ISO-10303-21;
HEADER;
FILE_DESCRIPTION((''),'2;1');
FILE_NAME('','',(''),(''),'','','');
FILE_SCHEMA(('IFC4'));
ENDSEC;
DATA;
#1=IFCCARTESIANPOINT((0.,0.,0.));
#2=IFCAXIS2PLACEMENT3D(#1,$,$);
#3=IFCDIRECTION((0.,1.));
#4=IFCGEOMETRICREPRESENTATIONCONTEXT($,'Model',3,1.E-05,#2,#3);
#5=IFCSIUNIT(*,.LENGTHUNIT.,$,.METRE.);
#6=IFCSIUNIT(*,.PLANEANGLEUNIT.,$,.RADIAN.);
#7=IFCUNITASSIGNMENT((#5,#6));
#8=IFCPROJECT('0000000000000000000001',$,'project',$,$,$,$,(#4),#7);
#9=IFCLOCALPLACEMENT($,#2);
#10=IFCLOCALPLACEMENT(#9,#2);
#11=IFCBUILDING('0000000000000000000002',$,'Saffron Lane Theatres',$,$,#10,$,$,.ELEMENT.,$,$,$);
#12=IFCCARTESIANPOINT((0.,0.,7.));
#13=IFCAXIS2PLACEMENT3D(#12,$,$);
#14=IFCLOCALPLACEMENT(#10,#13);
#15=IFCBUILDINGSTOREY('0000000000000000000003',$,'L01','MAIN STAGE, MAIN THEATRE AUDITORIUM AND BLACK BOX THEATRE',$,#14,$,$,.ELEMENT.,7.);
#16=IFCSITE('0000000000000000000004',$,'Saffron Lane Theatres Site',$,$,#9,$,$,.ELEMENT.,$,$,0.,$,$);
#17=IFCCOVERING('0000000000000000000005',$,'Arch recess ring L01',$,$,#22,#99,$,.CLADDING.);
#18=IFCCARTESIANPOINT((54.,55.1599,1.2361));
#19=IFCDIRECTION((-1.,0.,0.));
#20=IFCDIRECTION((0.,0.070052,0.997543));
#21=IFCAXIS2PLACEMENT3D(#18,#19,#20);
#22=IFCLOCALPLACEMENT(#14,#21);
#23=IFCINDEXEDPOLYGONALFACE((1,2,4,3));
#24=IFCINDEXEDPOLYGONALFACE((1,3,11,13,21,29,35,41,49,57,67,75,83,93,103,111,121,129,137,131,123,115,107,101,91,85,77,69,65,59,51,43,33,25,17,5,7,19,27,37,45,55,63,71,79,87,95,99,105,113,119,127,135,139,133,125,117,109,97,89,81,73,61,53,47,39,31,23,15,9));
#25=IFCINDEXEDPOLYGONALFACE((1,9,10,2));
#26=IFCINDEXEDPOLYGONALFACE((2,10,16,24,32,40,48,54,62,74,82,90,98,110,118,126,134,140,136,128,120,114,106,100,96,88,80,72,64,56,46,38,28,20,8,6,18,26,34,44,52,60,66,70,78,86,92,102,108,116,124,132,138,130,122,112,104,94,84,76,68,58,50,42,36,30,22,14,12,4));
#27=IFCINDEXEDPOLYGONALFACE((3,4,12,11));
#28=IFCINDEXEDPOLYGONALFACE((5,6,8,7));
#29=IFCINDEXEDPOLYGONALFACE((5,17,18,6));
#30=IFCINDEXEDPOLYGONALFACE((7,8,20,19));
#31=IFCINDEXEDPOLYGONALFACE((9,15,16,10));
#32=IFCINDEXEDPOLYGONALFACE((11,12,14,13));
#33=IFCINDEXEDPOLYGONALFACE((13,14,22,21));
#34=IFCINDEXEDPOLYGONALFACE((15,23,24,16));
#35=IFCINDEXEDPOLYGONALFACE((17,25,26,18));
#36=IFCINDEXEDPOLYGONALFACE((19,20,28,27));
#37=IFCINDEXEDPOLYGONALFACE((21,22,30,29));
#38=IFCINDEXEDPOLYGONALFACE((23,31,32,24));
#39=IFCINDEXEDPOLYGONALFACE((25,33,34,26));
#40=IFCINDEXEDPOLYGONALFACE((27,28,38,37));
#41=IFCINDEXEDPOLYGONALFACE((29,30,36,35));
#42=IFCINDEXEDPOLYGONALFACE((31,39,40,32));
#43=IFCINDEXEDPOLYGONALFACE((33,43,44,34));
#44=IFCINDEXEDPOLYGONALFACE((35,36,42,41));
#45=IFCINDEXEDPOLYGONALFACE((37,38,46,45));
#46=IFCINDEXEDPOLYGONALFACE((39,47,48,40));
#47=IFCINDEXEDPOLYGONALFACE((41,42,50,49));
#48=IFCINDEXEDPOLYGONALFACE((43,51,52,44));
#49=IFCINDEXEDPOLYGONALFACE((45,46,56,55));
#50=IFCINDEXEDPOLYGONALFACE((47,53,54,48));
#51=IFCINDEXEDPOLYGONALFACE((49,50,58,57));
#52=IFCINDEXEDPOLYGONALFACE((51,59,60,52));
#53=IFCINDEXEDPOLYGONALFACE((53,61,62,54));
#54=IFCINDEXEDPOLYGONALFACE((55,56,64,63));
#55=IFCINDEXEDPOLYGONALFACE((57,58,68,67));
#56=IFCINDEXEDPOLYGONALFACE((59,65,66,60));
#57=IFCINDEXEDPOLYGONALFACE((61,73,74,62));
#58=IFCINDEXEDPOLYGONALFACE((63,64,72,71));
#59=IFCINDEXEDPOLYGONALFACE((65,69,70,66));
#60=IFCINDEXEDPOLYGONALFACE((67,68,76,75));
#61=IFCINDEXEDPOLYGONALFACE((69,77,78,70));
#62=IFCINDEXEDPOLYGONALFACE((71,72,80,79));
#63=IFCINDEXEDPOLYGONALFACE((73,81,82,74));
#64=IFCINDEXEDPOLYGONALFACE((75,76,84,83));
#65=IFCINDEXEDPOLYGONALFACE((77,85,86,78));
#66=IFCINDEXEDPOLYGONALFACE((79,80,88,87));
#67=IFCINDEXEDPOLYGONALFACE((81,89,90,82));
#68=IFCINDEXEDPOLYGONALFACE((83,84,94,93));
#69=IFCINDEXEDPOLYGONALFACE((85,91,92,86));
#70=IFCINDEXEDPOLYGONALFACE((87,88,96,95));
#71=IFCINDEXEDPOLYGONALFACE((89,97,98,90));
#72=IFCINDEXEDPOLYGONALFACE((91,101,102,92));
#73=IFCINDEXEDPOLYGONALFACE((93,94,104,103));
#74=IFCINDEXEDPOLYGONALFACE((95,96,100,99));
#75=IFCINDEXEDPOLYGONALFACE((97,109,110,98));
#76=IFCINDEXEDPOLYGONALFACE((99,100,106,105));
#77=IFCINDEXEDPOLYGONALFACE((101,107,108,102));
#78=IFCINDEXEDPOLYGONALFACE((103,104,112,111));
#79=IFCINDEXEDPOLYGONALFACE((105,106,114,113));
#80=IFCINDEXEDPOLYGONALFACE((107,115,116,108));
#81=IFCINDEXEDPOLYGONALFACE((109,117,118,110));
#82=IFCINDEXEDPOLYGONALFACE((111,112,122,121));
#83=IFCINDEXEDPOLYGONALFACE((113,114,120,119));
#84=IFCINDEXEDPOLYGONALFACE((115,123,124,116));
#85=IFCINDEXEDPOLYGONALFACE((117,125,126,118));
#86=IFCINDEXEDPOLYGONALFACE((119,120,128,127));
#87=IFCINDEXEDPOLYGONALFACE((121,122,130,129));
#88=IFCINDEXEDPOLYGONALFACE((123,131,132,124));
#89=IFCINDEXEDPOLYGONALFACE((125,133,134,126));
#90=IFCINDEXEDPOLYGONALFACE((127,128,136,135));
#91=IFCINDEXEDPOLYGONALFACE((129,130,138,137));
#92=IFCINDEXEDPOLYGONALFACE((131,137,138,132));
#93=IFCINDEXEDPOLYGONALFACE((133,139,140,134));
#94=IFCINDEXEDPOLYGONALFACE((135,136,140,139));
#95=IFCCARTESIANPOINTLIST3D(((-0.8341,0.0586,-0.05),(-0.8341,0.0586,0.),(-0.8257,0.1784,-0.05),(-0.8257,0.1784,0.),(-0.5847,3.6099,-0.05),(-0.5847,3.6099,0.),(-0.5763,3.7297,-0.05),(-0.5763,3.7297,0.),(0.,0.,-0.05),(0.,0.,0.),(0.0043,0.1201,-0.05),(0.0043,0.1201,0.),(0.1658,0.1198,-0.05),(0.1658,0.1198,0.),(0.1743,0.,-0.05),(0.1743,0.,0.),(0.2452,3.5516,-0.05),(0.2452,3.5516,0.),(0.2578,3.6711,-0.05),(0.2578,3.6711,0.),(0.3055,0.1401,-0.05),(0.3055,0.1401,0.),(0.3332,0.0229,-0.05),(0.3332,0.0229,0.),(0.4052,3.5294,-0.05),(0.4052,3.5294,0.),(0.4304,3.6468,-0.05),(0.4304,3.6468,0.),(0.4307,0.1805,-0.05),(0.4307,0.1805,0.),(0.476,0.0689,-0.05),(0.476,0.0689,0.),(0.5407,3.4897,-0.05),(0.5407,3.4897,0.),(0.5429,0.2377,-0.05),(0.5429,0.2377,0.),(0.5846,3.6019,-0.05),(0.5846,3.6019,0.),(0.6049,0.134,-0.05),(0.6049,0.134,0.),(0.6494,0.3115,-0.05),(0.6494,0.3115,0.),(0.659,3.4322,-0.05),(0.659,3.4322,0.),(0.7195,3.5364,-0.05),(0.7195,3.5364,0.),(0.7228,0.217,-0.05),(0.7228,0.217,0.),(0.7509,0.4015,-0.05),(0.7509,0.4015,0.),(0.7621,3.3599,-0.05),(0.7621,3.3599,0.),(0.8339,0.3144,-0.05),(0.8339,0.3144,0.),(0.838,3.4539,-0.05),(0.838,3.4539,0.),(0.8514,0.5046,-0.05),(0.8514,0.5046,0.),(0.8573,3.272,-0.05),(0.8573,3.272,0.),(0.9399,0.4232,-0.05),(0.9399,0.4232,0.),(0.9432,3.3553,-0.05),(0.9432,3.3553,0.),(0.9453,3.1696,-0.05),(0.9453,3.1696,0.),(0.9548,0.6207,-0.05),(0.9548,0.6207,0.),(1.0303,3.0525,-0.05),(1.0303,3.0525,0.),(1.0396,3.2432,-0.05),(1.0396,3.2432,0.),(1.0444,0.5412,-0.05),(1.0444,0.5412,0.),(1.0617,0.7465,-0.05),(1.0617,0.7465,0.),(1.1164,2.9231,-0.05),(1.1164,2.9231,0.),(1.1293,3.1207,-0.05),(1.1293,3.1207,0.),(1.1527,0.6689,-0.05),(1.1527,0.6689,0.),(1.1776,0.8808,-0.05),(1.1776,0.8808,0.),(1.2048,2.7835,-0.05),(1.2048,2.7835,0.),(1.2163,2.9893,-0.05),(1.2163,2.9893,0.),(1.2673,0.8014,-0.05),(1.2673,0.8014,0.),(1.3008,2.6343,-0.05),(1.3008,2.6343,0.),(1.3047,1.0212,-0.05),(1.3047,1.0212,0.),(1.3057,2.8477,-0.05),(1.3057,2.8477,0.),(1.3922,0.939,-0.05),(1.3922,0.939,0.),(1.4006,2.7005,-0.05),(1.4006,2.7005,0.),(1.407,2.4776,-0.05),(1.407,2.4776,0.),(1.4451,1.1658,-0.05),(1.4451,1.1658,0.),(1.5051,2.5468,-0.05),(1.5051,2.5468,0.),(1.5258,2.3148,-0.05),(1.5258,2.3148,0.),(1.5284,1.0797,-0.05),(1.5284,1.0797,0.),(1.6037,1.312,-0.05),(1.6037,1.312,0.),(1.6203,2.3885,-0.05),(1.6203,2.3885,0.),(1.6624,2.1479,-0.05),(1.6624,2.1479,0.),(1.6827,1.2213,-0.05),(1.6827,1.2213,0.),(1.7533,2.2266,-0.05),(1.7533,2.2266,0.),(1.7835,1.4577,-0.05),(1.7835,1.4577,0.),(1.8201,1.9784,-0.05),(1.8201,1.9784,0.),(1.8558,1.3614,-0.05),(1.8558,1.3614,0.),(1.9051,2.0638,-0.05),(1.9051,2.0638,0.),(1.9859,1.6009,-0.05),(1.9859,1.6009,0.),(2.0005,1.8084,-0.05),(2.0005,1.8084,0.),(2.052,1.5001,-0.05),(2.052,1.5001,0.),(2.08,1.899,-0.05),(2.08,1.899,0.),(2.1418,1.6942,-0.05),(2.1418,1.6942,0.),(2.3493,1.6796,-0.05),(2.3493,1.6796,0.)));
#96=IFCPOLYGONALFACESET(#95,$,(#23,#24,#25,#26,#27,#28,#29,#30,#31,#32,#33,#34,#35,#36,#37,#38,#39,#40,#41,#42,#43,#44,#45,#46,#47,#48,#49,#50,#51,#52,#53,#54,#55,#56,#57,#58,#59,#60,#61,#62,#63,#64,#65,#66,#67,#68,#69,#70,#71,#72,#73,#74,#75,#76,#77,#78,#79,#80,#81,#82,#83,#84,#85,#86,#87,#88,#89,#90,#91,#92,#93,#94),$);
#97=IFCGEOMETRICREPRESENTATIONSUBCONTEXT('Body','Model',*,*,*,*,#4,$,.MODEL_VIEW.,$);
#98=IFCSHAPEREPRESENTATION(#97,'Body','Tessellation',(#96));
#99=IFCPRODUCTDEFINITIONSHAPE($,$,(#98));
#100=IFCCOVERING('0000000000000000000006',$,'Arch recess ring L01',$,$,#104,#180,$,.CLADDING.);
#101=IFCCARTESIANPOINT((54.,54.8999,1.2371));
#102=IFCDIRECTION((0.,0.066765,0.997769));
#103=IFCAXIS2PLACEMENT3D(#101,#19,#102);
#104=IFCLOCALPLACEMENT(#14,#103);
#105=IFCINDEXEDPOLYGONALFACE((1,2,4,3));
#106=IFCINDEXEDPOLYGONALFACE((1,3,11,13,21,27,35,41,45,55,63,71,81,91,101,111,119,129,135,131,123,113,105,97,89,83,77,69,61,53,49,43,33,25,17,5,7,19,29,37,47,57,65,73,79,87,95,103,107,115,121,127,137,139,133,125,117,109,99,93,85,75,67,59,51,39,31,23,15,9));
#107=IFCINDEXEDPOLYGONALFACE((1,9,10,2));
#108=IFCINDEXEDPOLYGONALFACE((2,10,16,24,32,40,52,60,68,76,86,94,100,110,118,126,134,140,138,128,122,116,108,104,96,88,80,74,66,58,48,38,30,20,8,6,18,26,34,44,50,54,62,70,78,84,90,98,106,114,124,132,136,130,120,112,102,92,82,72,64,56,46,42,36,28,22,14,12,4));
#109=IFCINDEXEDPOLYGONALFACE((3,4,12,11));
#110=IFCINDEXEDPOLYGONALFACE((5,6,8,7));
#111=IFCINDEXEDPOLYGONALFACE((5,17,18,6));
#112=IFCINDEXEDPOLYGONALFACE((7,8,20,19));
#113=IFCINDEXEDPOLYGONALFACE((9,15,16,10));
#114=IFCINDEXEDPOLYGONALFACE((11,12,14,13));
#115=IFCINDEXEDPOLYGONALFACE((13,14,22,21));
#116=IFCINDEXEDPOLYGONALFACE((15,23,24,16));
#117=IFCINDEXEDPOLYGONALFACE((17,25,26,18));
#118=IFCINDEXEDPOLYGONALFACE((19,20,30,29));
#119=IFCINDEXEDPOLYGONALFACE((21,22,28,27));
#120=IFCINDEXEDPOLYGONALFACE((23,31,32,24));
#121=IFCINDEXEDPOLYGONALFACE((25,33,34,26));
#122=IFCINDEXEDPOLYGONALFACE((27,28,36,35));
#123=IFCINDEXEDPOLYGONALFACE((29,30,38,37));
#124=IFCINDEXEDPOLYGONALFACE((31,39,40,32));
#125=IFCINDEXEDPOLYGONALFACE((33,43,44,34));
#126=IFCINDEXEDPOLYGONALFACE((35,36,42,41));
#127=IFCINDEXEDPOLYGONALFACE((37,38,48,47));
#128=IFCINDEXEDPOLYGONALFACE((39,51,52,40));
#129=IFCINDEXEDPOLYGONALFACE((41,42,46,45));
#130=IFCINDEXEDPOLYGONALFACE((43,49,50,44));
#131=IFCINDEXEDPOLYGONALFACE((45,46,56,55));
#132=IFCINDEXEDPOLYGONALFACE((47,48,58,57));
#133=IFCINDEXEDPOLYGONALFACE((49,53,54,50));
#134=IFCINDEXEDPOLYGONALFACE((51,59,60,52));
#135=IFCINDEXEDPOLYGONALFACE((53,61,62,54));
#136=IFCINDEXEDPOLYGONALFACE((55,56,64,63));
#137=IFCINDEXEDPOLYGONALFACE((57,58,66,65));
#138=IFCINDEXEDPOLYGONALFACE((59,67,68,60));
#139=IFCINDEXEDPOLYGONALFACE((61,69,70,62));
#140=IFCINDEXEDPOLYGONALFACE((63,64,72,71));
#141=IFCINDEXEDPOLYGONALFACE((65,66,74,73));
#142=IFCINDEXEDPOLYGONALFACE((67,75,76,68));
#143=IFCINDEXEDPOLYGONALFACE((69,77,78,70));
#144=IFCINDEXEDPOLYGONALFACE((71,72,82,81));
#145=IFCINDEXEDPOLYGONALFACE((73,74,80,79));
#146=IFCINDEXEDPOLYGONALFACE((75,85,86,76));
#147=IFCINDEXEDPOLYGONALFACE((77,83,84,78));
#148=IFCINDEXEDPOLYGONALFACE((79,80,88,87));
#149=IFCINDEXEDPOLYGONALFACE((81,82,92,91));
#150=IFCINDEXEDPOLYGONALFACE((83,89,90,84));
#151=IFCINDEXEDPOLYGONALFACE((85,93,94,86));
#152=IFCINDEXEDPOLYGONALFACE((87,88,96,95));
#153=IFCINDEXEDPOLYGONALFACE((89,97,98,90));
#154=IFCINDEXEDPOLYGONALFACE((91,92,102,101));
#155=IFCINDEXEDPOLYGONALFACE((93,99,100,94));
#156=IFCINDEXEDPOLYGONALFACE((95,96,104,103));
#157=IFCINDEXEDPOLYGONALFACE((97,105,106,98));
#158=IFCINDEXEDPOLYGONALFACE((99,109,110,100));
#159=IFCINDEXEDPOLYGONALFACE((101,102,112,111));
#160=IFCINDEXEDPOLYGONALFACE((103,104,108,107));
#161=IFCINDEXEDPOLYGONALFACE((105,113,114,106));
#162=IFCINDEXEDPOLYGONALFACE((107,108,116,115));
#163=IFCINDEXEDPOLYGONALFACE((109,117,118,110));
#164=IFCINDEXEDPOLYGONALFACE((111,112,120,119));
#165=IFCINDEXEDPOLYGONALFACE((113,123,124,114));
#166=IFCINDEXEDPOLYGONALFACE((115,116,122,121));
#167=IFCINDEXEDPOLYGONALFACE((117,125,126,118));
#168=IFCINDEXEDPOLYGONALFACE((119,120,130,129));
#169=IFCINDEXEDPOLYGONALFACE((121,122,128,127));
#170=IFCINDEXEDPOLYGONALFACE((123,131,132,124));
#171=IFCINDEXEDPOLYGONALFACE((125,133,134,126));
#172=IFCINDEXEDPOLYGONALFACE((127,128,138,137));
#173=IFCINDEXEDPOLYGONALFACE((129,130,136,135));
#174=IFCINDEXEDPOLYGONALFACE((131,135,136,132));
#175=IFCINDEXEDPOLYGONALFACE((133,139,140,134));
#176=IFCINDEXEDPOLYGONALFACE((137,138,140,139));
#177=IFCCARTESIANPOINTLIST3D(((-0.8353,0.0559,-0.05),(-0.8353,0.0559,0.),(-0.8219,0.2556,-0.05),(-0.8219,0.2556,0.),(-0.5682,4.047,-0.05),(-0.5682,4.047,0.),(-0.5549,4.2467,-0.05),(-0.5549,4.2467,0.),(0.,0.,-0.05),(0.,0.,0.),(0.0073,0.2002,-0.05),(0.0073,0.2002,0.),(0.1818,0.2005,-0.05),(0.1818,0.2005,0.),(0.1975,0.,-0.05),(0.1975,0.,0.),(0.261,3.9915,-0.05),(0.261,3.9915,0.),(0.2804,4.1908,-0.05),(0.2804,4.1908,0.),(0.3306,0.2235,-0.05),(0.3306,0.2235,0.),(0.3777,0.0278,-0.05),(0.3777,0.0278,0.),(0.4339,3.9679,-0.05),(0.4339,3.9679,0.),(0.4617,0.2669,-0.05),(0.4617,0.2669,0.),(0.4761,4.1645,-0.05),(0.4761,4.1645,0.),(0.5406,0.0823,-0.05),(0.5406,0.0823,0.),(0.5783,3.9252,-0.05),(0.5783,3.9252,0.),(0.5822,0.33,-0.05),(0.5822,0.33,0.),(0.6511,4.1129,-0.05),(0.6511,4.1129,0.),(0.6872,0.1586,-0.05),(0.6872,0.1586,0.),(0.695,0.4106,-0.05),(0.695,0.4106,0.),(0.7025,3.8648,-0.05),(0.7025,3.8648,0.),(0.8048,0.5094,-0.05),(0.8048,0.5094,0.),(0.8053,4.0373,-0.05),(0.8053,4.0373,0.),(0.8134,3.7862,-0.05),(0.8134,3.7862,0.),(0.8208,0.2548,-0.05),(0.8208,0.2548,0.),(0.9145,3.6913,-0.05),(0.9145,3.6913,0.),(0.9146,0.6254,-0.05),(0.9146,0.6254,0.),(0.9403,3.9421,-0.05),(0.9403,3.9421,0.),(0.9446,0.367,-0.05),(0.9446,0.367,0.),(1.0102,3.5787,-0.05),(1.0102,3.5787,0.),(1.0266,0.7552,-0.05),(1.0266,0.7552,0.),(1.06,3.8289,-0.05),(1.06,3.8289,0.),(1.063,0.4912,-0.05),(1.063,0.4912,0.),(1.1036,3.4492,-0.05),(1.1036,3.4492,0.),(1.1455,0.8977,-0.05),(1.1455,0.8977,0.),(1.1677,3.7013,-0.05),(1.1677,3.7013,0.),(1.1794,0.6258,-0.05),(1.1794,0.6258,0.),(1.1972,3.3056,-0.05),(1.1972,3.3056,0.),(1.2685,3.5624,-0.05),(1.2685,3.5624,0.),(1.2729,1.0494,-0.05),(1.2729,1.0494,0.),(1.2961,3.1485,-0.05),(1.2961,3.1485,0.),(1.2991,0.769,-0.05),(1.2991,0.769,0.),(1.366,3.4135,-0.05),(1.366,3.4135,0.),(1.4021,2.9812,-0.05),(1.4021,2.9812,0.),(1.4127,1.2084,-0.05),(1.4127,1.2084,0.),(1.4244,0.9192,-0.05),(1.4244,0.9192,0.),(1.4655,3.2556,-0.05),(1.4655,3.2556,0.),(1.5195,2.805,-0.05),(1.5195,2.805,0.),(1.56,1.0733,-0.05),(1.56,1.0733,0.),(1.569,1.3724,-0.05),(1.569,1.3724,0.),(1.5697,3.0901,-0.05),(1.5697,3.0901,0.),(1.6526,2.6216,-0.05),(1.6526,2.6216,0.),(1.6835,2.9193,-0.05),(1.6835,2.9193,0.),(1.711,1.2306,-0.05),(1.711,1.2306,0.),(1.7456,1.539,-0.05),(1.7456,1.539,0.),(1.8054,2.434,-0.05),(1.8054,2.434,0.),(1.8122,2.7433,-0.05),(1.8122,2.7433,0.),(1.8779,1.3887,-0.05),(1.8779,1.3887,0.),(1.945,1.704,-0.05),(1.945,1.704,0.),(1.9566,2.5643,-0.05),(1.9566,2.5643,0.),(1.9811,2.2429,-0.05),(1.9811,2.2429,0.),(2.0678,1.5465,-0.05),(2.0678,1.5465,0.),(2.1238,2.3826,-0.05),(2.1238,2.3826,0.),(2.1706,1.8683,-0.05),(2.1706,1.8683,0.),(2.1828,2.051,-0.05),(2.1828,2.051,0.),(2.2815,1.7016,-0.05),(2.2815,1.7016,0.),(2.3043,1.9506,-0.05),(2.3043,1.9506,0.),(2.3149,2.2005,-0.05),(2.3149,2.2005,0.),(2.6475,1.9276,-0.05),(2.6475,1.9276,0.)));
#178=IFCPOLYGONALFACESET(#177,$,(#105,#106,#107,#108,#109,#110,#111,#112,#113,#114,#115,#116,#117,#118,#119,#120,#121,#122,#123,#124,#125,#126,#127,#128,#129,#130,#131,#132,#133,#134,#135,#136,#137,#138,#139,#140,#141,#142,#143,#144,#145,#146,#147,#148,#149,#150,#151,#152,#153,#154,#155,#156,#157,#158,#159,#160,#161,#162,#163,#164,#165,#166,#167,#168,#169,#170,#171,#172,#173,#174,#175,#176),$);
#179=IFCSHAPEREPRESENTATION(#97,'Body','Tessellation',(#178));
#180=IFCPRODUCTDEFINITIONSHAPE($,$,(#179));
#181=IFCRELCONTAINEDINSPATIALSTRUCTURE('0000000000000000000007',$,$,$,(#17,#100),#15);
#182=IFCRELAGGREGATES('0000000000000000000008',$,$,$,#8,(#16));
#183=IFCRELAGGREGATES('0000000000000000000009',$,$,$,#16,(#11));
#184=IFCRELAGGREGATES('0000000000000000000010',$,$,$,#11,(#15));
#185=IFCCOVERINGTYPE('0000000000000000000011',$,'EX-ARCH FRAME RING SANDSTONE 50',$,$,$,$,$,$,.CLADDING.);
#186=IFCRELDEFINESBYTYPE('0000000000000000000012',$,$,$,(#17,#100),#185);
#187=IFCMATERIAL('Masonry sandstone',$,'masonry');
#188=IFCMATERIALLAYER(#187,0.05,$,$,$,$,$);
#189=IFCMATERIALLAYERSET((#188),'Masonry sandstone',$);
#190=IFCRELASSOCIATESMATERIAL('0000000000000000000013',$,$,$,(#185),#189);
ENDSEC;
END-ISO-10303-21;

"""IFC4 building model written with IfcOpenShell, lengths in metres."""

from ifc_helpers import new_model, si_unit, direction, frame, origin, place, context, subcontext, project, spatial, polyline, outline, extrude, material, layer, layer_set, type_object, element, save


model = new_model("IFC4")

# Units and contexts
model_context = context("Model", 3, precision=1e-05, world=origin(), true_north=direction((0.0, 1.0)))
body_context = subcontext(model_context, "Body", "Model", "MODEL_VIEW")
ifc_project = project(units=[si_unit("LENGTHUNIT", "METRE"), si_unit("PLANEANGLEUNIT", "RADIAN")], contexts=[model_context])

# Site, building, storey
site_placement = place(None, origin())
site = spatial("IfcSite", under=ifc_project, at=site_placement, Name="Saffron Lane Theatres Site", CompositionType="ELEMENT", RefElevation=0.0)
building_placement = place(site_placement, origin())
building = spatial("IfcBuilding", under=site, at=building_placement, Name="Saffron Lane Theatres", CompositionType="ELEMENT")
storey_placement = place(building_placement, frame((0.0, 0.0, 7.0)))
storey = spatial("IfcBuildingStorey", under=building, at=storey_placement, Name="L01", Description="MAIN STAGE, MAIN THEATRE AUDITORIUM AND BLACK BOX THEATRE", CompositionType="ELEMENT", Elevation=7.0)

# Coverings
ifc_material_1 = material(Name="Masonry sandstone", Category="masonry")
ifc_layer_1 = layer(ifc_material_1, 0.05)
ifc_layer_set_1 = layer_set([ifc_layer_1], Name="Masonry sandstone")
covering_type = type_object("IfcCoveringType", Name="EX-ARCH FRAME RING SANDSTONE 50", PredefinedType="CLADDING", material=ifc_layer_set_1)
covering_1_placement = place(storey_placement, frame((54.0, 55.1599, 1.2361), z_axis=(-1.0, 0.0, 0.0), x_axis=(0.0, 0.070052, 0.997543)))
element("IfcCovering", 1, at=covering_1_placement, inside=storey, type_object=covering_type, Name="Arch recess ring L01", PredefinedType="CLADDING", context=body_context, shape_type="SweptSolid", body=[
    extrude(outline(polyline([(0.0, 0.0), (0.1743, 0.0), (0.3332, 0.0229), (0.476, 0.0689), (0.6049, 0.134), (0.7228, 0.217), (0.8339, 0.3144), (0.9399, 0.4232), (1.0444, 0.5412), (1.1527, 0.6689), (1.2673, 0.8014), (1.3922, 0.939), (1.5284, 1.0797), (1.6827, 1.2213), (1.8558, 1.3614), (2.052, 1.5001), (2.3493, 1.6796), (2.08, 1.899), (1.9051, 2.0638), (1.7533, 2.2266), (1.6203, 2.3885), (1.5051, 2.5468), (1.4006, 2.7005), (1.3057, 2.8477), (1.2163, 2.9893), (1.1293, 3.1207), (1.0396, 3.2432), (0.9432, 3.3553), (0.838, 3.4539), (0.7195, 3.5364), (0.5846, 3.6019), (0.4304, 3.6468), (0.2578, 3.6711), (-0.5763, 3.7297), (-0.5847, 3.6099), (0.2452, 3.5516), (0.4052, 3.5294), (0.5407, 3.4897), (0.659, 3.4322), (0.7621, 3.3599), (0.8573, 3.272), (0.9453, 3.1696), (1.0303, 3.0525), (1.1164, 2.9231), (1.2048, 2.7835), (1.3008, 2.6343), (1.407, 2.4776), (1.5258, 2.3148), (1.6624, 2.1479), (1.8201, 1.9784), (2.0005, 1.8084), (2.1418, 1.6942), (1.9859, 1.6009), (1.7835, 1.4577), (1.6037, 1.312), (1.4451, 1.1658), (1.3047, 1.0212), (1.1776, 0.8808), (1.0617, 0.7465), (0.9548, 0.6207), (0.8514, 0.5046), (0.7509, 0.4015), (0.6494, 0.3115), (0.5429, 0.2377), (0.4307, 0.1805), (0.3055, 0.1401), (0.1658, 0.1198), (0.0043, 0.1201), (-0.8257, 0.1784), (-0.8341, 0.0586), (0.0, 0.0)])), origin(), (0.0, 0.0, -1.0), 0.05),
])
covering_2_placement = place(storey_placement, frame((54.0, 54.8999, 1.2371), z_axis=(-1.0, 0.0, 0.0), x_axis=(0.0, 0.066765, 0.997769)))
element("IfcCovering", 2, at=covering_2_placement, inside=storey, type_object=covering_type, Name="Arch recess ring L01", PredefinedType="CLADDING", context=body_context, shape_type="SweptSolid", body=[
    extrude(outline(polyline([(0.0, 0.0), (0.1975, 0.0), (0.3777, 0.0278), (0.5406, 0.0823), (0.6872, 0.1586), (0.8208, 0.2548), (0.9446, 0.367), (1.063, 0.4912), (1.1794, 0.6258), (1.2991, 0.769), (1.4244, 0.9192), (1.56, 1.0733), (1.711, 1.2306), (1.8779, 1.3887), (2.0678, 1.5465), (2.2815, 1.7016), (2.6475, 1.9276), (2.3149, 2.2005), (2.1238, 2.3826), (1.9566, 2.5643), (1.8122, 2.7433), (1.6835, 2.9193), (1.5697, 3.0901), (1.4655, 3.2556), (1.366, 3.4135), (1.2685, 3.5624), (1.1677, 3.7013), (1.06, 3.8289), (0.9403, 3.9421), (0.8053, 4.0373), (0.6511, 4.1129), (0.4761, 4.1645), (0.2804, 4.1908), (-0.5549, 4.2467), (-0.5682, 4.047), (0.261, 3.9915), (0.4339, 3.9679), (0.5783, 3.9252), (0.7025, 3.8648), (0.8134, 3.7862), (0.9145, 3.6913), (1.0102, 3.5787), (1.1036, 3.4492), (1.1972, 3.3056), (1.2961, 3.1485), (1.4021, 2.9812), (1.5195, 2.805), (1.6526, 2.6216), (1.8054, 2.434), (1.9811, 2.2429), (2.1828, 2.051), (2.3043, 1.9506), (2.1706, 1.8683), (1.945, 1.704), (1.7456, 1.539), (1.569, 1.3724), (1.4127, 1.2084), (1.2729, 1.0494), (1.1455, 0.8977), (1.0266, 0.7552), (0.9146, 0.6254), (0.8048, 0.5094), (0.695, 0.4106), (0.5822, 0.33), (0.4617, 0.2669), (0.3306, 0.2235), (0.1818, 0.2005), (0.0073, 0.2002), (-0.8219, 0.2556), (-0.8353, 0.0559), (0.0, 0.0)])), origin(), (0.0, 0.0, -1.0), 0.05),
])

save(model, "model.ifc")
